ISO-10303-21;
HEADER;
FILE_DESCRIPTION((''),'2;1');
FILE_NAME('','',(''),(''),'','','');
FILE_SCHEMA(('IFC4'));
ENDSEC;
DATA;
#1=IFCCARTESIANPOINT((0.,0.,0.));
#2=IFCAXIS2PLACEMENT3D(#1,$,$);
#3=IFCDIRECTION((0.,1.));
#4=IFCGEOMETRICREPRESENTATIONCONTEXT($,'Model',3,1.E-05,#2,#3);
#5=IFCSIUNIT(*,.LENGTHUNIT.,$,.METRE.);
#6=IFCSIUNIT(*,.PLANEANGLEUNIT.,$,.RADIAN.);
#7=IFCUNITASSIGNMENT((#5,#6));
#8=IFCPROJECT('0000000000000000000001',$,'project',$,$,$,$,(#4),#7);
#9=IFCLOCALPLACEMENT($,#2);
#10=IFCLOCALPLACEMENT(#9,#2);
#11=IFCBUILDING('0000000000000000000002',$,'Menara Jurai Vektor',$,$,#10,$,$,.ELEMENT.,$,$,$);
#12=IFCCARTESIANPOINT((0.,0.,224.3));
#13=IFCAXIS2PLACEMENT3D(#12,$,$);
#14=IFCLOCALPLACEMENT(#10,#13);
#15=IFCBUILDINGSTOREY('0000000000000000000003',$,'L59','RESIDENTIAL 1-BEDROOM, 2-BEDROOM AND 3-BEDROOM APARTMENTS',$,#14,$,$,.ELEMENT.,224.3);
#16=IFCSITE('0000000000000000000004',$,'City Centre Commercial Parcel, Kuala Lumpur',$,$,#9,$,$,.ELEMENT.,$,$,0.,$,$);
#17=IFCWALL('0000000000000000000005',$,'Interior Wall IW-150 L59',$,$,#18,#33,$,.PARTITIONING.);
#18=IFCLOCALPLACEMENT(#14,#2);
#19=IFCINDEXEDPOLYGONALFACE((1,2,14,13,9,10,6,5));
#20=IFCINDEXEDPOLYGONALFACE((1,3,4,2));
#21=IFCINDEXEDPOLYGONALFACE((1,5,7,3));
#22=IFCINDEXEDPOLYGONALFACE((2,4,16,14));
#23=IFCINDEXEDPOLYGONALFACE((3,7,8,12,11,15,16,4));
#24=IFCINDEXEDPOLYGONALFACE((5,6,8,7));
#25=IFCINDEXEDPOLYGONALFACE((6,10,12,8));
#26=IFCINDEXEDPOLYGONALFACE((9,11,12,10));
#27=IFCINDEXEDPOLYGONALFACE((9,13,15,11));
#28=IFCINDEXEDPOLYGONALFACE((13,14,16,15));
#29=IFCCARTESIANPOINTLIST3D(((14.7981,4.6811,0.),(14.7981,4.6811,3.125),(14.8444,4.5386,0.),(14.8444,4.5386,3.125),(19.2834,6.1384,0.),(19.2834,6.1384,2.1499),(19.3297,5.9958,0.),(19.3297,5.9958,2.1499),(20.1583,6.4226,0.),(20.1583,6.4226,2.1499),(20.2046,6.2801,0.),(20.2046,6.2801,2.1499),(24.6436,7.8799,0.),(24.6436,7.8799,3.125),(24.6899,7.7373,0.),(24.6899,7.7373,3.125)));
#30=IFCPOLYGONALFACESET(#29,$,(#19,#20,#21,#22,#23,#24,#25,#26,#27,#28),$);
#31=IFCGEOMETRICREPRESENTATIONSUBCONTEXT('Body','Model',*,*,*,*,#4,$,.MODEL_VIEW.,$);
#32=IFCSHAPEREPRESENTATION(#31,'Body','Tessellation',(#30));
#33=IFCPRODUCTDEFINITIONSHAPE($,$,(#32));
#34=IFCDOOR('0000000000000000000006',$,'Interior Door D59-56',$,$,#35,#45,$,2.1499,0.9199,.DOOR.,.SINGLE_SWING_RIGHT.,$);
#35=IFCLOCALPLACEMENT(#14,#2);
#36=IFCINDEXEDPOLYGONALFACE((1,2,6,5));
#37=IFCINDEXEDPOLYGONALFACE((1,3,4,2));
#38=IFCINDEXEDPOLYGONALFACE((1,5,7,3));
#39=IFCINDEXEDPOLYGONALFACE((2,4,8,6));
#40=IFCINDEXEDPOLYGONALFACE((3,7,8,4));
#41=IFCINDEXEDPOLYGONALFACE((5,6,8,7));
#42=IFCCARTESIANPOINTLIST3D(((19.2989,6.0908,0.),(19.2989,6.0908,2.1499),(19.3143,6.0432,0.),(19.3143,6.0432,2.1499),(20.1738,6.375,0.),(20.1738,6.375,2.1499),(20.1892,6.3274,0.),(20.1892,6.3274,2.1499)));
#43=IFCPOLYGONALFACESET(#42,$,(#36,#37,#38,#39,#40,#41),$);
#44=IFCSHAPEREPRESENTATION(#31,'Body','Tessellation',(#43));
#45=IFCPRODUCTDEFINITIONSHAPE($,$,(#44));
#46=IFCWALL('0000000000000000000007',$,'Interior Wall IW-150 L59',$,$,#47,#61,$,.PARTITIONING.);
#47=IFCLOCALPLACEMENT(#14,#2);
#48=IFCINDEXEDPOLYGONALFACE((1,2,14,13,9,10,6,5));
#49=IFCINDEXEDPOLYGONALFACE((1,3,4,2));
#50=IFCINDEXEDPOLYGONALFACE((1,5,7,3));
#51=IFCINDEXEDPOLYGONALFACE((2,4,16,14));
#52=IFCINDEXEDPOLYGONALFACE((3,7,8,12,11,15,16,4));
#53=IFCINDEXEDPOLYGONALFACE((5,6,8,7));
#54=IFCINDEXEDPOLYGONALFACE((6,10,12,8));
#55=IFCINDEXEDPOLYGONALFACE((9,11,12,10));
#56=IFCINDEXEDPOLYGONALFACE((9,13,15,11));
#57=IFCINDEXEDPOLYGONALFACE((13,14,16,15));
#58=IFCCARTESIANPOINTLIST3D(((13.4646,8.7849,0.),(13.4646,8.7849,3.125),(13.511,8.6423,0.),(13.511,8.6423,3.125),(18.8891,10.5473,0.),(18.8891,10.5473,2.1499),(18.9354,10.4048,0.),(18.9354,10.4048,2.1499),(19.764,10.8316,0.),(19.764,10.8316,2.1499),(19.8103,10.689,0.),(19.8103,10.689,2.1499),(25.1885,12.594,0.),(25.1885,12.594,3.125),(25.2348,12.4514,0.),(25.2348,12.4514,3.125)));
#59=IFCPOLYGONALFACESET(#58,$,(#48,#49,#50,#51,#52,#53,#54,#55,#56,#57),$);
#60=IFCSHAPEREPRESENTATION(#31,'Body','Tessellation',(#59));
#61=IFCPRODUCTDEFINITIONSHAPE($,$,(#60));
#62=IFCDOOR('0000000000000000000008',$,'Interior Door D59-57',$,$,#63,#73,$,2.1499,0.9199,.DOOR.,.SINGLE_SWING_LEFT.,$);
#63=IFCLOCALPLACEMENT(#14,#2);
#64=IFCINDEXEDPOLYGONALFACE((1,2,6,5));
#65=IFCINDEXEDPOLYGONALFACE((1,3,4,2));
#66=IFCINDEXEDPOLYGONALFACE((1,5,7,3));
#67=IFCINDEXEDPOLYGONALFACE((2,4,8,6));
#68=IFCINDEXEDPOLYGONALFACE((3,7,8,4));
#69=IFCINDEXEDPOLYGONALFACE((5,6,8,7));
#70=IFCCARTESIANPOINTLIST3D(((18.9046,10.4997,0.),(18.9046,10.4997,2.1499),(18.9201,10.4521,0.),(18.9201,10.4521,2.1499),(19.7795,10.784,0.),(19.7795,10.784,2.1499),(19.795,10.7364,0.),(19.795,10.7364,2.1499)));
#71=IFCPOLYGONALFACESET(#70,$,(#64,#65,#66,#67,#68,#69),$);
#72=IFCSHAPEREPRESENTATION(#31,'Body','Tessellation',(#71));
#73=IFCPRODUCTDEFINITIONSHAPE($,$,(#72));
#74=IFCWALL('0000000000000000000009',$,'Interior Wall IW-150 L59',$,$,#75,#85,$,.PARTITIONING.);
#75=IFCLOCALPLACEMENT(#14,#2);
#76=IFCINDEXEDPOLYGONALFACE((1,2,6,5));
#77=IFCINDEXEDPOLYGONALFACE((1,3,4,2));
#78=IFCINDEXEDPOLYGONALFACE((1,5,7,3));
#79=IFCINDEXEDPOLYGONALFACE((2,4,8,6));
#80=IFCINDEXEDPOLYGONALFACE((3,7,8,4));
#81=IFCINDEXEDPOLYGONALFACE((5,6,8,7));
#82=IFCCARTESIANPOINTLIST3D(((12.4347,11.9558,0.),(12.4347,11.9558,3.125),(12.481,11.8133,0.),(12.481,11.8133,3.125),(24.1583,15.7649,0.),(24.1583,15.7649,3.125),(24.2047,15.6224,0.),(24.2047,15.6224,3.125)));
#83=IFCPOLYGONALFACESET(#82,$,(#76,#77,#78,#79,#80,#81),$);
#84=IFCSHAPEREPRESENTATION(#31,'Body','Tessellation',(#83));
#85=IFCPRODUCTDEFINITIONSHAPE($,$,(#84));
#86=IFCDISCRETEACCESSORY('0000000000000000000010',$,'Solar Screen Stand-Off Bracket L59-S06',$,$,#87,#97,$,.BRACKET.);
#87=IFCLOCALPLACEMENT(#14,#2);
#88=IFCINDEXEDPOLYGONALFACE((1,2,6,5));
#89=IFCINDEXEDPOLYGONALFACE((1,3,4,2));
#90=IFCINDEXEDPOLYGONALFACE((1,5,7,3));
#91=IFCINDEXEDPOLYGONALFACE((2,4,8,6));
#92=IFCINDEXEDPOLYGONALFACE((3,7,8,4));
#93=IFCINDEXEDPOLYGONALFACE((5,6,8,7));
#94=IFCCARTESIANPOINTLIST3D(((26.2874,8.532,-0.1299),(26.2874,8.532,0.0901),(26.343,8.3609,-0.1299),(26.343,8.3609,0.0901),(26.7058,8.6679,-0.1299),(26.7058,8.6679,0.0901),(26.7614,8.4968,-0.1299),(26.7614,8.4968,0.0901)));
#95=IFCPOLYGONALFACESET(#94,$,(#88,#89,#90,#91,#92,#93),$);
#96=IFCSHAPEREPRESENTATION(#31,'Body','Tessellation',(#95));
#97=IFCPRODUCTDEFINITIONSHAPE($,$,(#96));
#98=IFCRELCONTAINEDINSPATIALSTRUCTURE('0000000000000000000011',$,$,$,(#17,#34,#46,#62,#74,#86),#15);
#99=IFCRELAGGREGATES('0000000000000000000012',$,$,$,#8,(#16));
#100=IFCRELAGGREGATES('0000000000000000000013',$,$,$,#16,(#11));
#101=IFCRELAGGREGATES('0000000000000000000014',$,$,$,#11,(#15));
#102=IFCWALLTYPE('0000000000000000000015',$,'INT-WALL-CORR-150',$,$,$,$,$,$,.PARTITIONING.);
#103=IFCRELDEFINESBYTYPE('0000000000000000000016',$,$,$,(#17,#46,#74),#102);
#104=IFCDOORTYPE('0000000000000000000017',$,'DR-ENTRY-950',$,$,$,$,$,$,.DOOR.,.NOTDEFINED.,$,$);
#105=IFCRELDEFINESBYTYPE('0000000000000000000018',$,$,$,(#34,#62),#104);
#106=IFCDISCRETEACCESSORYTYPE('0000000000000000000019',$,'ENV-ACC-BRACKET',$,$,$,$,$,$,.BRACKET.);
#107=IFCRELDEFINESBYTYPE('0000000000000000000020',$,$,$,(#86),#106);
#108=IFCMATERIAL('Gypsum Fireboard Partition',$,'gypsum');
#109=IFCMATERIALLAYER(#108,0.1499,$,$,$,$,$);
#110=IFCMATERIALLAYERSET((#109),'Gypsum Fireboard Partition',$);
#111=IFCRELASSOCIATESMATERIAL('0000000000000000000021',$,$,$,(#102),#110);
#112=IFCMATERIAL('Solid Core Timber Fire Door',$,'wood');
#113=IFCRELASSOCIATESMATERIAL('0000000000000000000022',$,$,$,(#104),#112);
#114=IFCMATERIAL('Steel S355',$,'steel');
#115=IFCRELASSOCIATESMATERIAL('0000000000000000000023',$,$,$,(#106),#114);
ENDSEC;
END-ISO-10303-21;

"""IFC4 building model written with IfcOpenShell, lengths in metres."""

from ifc_helpers import new_model, si_unit, direction, frame, frame_2d, origin, origin_2d, place, context, subcontext, project, spatial, rectangle, extrude, material, layer, layer_set, type_object, element, fill, save


model = new_model("IFC4")

# Units and contexts
model_context = context("Model", 3, precision=1e-05, world=origin(), true_north=direction((0.0, 1.0)))
body_context = subcontext(model_context, "Body", "Model", "MODEL_VIEW")
ifc_project = project(units=[si_unit("LENGTHUNIT", "METRE"), si_unit("PLANEANGLEUNIT", "RADIAN")], contexts=[model_context])

# Site, building, storey
site_placement = place(None, origin())
site = spatial("IfcSite", under=ifc_project, at=site_placement, Name="City Centre Commercial Parcel, Kuala Lumpur", CompositionType="ELEMENT", RefElevation=0.0)
building_placement = place(site_placement, origin())
building = spatial("IfcBuilding", under=site, at=building_placement, Name="Menara Jurai Vektor", CompositionType="ELEMENT")
storey_placement = place(building_placement, frame((0.0, 0.0, 224.3)))
storey = spatial("IfcBuildingStorey", under=building, at=storey_placement, Name="L59", Description="RESIDENTIAL 1-BEDROOM, 2-BEDROOM AND 3-BEDROOM APARTMENTS", CompositionType="ELEMENT", Elevation=224.3)

# Shared definitions
ifc_material_1 = material(Name="Steel S355", Category="steel")

# Shared definitions
ifc_material_2 = material(Name="Gypsum Fireboard Partition", Category="gypsum")
ifc_layer_1 = layer(ifc_material_2, 0.1499)
ifc_layer_set_1 = layer_set([ifc_layer_1], Name="Gypsum Fireboard Partition")
wall_type = type_object("IfcWallType", Name="INT-WALL-CORR-150", PredefinedType="PARTITIONING", material=ifc_layer_set_1)
ifc_material_3 = material(Name="Solid Core Timber Fire Door", Category="wood")
door_type = type_object("IfcDoorType", Name="DR-ENTRY-950", OperationType="NOTDEFINED", PredefinedType="DOOR", material=ifc_material_3)

# Walls, openings, doors
wall_1_placement = place(storey_placement, frame((14.8213, 4.6099, 0.0), z_axis=(0.0, 0.0, 1.0), x_axis=(0.951064, 0.308995, 0.0)))
wall_1 = element("IfcWall", 1, at=wall_1_placement, inside=storey, type_object=wall_type, Name="Interior Wall IW-150 L59", PredefinedType="PARTITIONING", context=body_context, shape_type="SweptSolid", body=[
    extrude(rectangle(XDim=10.3521, YDim=0.1499, at=frame_2d((5.176, 0.0))), origin(), (0.0, 0.0, 1.0), 3.125),
])
opening_1_placement = place(wall_1_placement, frame((4.7161, 0.0, 0.0)))
opening_1 = element("IfcOpeningElement", 2, at=opening_1_placement, cuts=wall_1, PredefinedType="OPENING", context=body_context, shape_type="SweptSolid", body=[
    extrude(rectangle(XDim=0.9199, YDim=2.1499, at=frame_2d((0.46, 1.075))), frame((0.0, 0.085, 0.0), z_axis=(0.0, -1.0, 0.0), x_axis=(1.0, 0.0, 0.0)), (0.0, 0.0, 1.0), 0.1699),
])
door_1_placement = place(opening_1_placement, origin())
door_1 = element("IfcDoor", 3, at=door_1_placement, inside=storey, type_object=door_type, Name="Interior Door D59-56", OperationType="SINGLE_SWING_RIGHT", OverallHeight=2.1499, OverallWidth=0.9199, PredefinedType="DOOR", context=body_context, shape_type="SweptSolid", body=[
    extrude(rectangle(XDim=0.9199, YDim=2.1499, at=frame_2d((0.46, 1.075))), frame((0.0, 0.0249, 0.0), z_axis=(0.0, -1.0, 0.0), x_axis=(1.0, 0.0, 0.0)), (0.0, 0.0, 1.0), 0.05),
])
fill(opening_1, door_1)
wall_2_placement = place(storey_placement, frame((13.4878, 8.7136, 0.0), z_axis=(0.0, 0.0, 1.0), x_axis=(0.951062, 0.309, 0.0)))
wall_2 = element("IfcWall", 4, at=wall_2_placement, inside=storey, type_object=wall_type, Name="Interior Wall IW-150 L59", PredefinedType="PARTITIONING", context=body_context, shape_type="SweptSolid", body=[
    extrude(rectangle(XDim=12.3271, YDim=0.1499, at=frame_2d((6.1636, 0.0))), origin(), (0.0, 0.0, 1.0), 3.125),
])
opening_2_placement = place(wall_2_placement, frame((5.7036, 0.0, 0.0)))
opening_2 = element("IfcOpeningElement", 5, at=opening_2_placement, cuts=wall_2, PredefinedType="OPENING", context=body_context, shape_type="SweptSolid", body=[
    extrude(rectangle(XDim=0.9199, YDim=2.1499, at=frame_2d((0.46, 1.075))), frame((0.0, 0.085, 0.0), z_axis=(0.0, -1.0, 0.0), x_axis=(1.0, 0.0, 0.0)), (0.0, 0.0, 1.0), 0.1699),
])
door_2_placement = place(opening_2_placement, origin())
door_2 = element("IfcDoor", 6, at=door_2_placement, inside=storey, type_object=door_type, Name="Interior Door D59-57", OperationType="SINGLE_SWING_LEFT", OverallHeight=2.1499, OverallWidth=0.9199, PredefinedType="DOOR", context=body_context, shape_type="SweptSolid", body=[
    extrude(rectangle(XDim=0.9199, YDim=2.1499, at=frame_2d((0.46, 1.075))), frame((0.0, 0.0249, 0.0), z_axis=(0.0, -1.0, 0.0), x_axis=(1.0, 0.0, 0.0)), (0.0, 0.0, 1.0), 0.05),
])
fill(opening_2, door_2)

# Wall
wall_3_placement = place(storey_placement, frame((12.4578, 11.8845, 0.0), z_axis=(0.0, 0.0, 1.0), x_axis=(0.95106, 0.309005, 0.0)))
element("IfcWall", 7, at=wall_3_placement, inside=storey, type_object=wall_type, Name="Interior Wall IW-150 L59", PredefinedType="PARTITIONING", context=body_context, shape_type="SweptSolid", body=[
    extrude(rectangle(XDim=12.3269, YDim=0.1499, at=frame_2d((6.1636, 0.0))), origin(), (0.0, 0.0, 1.0), 3.125),
])

# Discrete accessory
discrete_accessory_type = type_object("IfcDiscreteAccessoryType", Name="ENV-ACC-BRACKET", PredefinedType="BRACKET", material=ifc_material_1)
discrete_accessory_placement = place(storey_placement, frame((26.5244, 8.5144, -0.1299), z_axis=(0.0, 0.0, 1.0), x_axis=(-0.309017, 0.951057, 0.0)))
element("IfcDiscreteAccessory", 8, at=discrete_accessory_placement, inside=storey, type_object=discrete_accessory_type, Name="Solar Screen Stand-Off Bracket L59-S06", PredefinedType="BRACKET", context=body_context, shape_type="SweptSolid", body=[
    extrude(rectangle(XDim=0.1799, YDim=0.4399, at=origin_2d()), origin(), (0.0, 0.0, 1.0), 0.22),
])

save(model, "model.ifc")
